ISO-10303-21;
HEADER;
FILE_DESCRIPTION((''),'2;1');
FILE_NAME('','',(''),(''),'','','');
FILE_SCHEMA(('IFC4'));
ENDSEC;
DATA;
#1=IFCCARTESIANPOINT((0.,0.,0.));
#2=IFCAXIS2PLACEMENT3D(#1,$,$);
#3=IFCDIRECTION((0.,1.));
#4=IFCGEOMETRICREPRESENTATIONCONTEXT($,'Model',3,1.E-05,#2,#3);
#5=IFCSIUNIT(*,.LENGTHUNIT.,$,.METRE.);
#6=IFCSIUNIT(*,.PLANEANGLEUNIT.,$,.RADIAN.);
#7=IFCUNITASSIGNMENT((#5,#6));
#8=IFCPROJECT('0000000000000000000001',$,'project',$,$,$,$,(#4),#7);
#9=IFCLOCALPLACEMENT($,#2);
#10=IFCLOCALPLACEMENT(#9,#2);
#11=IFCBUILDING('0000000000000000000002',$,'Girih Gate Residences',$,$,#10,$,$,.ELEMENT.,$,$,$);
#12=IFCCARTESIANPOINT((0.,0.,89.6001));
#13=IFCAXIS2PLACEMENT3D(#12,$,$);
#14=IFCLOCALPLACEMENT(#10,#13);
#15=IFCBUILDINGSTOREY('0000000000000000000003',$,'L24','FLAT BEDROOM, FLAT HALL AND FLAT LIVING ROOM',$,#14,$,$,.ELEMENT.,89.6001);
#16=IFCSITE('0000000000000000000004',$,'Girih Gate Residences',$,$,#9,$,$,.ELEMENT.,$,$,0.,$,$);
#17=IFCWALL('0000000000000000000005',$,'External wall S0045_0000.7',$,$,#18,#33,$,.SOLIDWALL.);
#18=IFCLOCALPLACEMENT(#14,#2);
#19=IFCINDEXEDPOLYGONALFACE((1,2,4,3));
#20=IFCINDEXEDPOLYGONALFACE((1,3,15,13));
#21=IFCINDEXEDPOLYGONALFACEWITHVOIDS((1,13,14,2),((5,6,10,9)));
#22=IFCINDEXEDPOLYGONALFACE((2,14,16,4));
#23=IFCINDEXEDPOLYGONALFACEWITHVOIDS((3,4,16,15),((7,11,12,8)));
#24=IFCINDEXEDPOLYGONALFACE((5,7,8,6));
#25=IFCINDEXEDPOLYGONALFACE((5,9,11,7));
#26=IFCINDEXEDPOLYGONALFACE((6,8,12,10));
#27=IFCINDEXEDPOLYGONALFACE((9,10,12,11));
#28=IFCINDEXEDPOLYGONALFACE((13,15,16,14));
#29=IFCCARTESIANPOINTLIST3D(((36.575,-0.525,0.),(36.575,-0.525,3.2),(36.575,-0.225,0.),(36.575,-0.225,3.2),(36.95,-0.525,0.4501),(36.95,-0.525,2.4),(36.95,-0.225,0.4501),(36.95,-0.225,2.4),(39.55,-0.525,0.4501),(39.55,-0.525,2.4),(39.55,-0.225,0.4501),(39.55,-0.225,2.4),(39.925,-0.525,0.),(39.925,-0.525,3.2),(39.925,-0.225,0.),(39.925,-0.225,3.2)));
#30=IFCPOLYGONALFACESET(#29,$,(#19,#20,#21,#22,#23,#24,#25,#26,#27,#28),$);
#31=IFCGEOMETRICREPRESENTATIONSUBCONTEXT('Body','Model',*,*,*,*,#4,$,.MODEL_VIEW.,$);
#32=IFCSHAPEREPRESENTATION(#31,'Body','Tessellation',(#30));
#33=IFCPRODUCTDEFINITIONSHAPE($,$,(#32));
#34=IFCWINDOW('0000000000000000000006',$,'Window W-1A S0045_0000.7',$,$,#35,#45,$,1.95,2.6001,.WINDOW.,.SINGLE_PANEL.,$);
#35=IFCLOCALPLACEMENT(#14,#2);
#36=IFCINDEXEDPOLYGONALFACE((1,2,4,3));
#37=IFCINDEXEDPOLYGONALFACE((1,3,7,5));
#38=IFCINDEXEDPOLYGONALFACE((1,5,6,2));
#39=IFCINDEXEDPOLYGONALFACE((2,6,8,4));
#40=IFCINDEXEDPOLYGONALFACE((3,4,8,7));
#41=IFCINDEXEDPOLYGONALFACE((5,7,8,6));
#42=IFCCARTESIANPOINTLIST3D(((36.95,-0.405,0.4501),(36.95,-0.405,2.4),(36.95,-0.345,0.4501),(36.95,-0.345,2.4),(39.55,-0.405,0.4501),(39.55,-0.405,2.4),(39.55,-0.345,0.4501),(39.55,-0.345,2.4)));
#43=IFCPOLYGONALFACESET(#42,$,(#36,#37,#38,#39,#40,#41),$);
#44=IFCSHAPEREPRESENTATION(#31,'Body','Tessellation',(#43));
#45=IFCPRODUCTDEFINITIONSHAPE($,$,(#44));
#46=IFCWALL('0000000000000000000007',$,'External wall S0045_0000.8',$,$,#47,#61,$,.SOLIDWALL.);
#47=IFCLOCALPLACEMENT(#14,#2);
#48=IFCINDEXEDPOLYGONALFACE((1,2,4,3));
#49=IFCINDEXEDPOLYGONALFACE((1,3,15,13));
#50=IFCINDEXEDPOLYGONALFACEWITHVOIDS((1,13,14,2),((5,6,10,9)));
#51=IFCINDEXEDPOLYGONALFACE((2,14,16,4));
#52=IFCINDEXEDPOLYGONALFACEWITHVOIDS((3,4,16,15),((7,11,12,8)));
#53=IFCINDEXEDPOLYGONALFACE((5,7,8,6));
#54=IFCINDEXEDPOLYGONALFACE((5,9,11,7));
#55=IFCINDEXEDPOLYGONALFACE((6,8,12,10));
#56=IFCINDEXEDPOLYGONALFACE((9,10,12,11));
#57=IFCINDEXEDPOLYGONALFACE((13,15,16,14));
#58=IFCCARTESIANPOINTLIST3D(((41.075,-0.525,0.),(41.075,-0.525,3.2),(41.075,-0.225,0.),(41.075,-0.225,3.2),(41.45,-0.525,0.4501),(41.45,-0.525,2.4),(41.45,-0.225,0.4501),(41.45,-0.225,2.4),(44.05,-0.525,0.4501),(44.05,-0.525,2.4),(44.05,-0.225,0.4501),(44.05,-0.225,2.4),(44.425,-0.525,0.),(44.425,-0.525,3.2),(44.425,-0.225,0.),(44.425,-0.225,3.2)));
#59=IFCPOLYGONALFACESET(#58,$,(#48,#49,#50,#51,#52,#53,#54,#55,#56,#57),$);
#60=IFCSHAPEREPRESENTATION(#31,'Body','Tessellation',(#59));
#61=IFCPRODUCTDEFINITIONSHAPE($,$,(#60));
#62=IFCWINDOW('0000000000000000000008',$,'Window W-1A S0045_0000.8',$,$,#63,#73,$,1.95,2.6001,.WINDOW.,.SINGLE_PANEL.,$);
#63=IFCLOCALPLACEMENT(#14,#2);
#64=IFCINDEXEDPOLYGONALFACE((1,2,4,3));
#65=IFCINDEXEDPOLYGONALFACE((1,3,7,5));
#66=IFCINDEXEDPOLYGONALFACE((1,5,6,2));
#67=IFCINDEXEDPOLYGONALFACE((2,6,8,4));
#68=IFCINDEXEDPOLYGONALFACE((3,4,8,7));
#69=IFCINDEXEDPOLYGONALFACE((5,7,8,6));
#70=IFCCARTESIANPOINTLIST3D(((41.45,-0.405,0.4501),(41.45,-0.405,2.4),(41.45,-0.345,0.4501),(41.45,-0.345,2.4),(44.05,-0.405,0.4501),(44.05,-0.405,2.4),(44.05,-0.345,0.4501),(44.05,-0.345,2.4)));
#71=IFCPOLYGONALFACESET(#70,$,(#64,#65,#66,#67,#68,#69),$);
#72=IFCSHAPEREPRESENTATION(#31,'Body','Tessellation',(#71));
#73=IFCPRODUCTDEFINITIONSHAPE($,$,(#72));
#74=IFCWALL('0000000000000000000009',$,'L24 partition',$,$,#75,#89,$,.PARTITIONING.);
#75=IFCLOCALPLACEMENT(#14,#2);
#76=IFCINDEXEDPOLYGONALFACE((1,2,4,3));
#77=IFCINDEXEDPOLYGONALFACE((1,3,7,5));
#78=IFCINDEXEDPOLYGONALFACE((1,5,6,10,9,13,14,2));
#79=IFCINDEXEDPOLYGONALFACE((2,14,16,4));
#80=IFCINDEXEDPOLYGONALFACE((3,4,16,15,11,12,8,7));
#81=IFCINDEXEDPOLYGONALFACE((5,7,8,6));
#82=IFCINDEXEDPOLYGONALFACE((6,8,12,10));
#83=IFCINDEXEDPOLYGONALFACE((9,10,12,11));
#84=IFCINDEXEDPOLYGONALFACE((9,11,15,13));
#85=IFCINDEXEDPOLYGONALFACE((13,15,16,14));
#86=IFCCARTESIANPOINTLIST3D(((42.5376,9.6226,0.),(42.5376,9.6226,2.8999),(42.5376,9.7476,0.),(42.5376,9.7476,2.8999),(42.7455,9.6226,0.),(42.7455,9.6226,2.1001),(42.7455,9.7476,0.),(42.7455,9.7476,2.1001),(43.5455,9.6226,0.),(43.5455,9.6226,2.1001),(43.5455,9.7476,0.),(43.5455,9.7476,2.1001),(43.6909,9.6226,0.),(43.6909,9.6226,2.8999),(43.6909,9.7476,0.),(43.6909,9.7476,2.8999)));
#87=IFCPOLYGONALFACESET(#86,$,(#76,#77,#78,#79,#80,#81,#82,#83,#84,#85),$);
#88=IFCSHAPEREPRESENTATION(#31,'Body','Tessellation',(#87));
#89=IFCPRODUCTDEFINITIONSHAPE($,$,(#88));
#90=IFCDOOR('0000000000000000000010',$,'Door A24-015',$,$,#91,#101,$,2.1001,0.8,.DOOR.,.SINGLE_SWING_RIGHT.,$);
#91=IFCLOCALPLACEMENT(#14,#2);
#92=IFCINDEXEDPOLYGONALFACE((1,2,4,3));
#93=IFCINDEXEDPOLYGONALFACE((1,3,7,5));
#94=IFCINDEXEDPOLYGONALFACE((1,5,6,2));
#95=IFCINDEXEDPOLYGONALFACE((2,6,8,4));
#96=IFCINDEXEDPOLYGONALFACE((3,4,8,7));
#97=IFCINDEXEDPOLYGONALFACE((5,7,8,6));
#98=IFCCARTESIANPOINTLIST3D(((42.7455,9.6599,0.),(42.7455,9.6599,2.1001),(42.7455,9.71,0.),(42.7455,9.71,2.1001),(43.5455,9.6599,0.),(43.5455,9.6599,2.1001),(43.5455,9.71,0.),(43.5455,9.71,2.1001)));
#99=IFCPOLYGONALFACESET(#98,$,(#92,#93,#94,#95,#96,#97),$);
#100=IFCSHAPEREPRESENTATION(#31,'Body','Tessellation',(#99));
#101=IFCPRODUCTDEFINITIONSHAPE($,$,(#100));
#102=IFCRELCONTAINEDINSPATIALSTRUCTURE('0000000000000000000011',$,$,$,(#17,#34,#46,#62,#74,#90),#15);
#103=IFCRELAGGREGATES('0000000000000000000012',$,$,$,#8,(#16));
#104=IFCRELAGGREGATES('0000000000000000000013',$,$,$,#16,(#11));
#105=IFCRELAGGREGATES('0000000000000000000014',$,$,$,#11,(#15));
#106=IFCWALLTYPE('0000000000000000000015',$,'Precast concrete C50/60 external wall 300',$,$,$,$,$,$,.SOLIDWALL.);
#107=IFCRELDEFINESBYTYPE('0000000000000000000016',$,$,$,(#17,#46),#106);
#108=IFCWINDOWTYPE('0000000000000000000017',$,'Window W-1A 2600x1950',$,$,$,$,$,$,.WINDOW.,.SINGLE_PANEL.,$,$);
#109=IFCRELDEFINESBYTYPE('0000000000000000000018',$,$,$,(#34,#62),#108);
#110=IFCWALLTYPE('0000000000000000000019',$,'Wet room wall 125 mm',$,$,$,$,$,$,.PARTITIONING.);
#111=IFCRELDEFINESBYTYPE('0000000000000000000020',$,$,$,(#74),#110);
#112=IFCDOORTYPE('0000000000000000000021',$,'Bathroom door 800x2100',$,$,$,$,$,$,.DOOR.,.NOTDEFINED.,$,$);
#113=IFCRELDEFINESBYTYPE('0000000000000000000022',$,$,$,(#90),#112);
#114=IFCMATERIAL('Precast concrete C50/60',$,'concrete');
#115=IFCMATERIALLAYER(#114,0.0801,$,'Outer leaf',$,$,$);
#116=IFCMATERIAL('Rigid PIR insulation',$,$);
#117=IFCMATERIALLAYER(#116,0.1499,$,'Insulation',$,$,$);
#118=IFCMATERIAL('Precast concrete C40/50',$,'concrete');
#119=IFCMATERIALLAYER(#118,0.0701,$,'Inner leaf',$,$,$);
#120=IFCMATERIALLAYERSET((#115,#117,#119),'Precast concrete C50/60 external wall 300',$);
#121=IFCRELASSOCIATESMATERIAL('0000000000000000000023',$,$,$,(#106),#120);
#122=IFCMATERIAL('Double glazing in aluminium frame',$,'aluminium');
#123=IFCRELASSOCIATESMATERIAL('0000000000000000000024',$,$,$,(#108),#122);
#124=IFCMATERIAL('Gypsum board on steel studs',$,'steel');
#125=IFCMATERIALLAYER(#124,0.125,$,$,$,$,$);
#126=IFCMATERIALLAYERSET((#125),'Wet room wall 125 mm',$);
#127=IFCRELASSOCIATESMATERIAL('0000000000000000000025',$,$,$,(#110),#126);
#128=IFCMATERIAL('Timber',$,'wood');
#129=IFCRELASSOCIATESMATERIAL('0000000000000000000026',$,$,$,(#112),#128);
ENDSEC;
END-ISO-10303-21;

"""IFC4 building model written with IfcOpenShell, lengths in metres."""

from ifc_helpers import new_model, si_unit, direction, frame, frame_2d, origin, place, context, subcontext, project, spatial, rectangle, extrude, material, layer, layer_set, type_object, element, fill, save


model = new_model("IFC4")

# Units and contexts
model_context = context("Model", 3, precision=1e-05, world=origin(), true_north=direction((0.0, 1.0)))
body_context = subcontext(model_context, "Body", "Model", "MODEL_VIEW")
ifc_project = project(units=[si_unit("LENGTHUNIT", "METRE"), si_unit("PLANEANGLEUNIT", "RADIAN")], contexts=[model_context])

# Site, building, storey
site_placement = place(None, origin())
site = spatial("IfcSite", under=ifc_project, at=site_placement, Name="Girih Gate Residences", CompositionType="ELEMENT", RefElevation=0.0)
building_placement = place(site_placement, origin())
building = spatial("IfcBuilding", under=site, at=building_placement, Name="Girih Gate Residences", CompositionType="ELEMENT")
storey_placement = place(building_placement, frame((0.0, 0.0, 89.6001)))
storey = spatial("IfcBuildingStorey", under=building, at=storey_placement, Name="L24", Description="FLAT BEDROOM, FLAT HALL AND FLAT LIVING ROOM", CompositionType="ELEMENT", Elevation=89.6001)

# Shared definitions
ifc_material_1 = material(Name="Gypsum board on steel studs", Category="steel")
ifc_material_2 = material(Name="Timber", Category="wood")

# Walls, openings, windows
ifc_material_3 = material(Name="Precast concrete C50/60", Category="concrete")
ifc_layer_1 = layer(ifc_material_3, 0.0801, Name="Outer leaf")
ifc_material_4 = material(Name="Rigid PIR insulation")
ifc_layer_2 = layer(ifc_material_4, 0.1499, Name="Insulation")
ifc_material_5 = material(Name="Precast concrete C40/50", Category="concrete")
ifc_layer_3 = layer(ifc_material_5, 0.0701, Name="Inner leaf")
ifc_layer_set_1 = layer_set([ifc_layer_1, ifc_layer_2, ifc_layer_3], Name="Precast concrete C50/60 external wall 300")
wall_type_1 = type_object("IfcWallType", Name="Precast concrete C50/60 external wall 300", PredefinedType="SOLIDWALL", material=ifc_layer_set_1)
wall_1_placement = place(storey_placement, frame((39.925, -0.375, 0.0), z_axis=(0.0, 0.0, 1.0), x_axis=(-1.0, 0.0, 0.0)))
wall_1 = element("IfcWall", 1, at=wall_1_placement, inside=storey, type_object=wall_type_1, Name="External wall S0045_0000.7", PredefinedType="SOLIDWALL", context=body_context, shape_type="SweptSolid", body=[
    extrude(rectangle(XDim=3.3501, YDim=0.3, at=frame_2d((1.675, 0.0))), origin(), (0.0, 0.0, 1.0), 3.2),
])
opening_1_placement = place(wall_1_placement, frame((0.375, 0.0, 0.45)))
opening_1 = element("IfcOpeningElement", 2, at=opening_1_placement, cuts=wall_1, PredefinedType="OPENING", context=body_context, shape_type="SweptSolid", body=[
    extrude(rectangle(XDim=2.6001, YDim=1.95, at=frame_2d((1.3, 0.9751))), frame((0.0, 0.1599, 0.0), z_axis=(0.0, -1.0, 0.0), x_axis=(1.0, 0.0, 0.0)), (0.0, 0.0, 1.0), 0.3201),
])
ifc_material_6 = material(Name="Double glazing in aluminium frame", Category="aluminium")
window_type = type_object("IfcWindowType", Name="Window W-1A 2600x1950", PartitioningType="SINGLE_PANEL", PredefinedType="WINDOW", material=ifc_material_6)
window_1_placement = place(opening_1_placement, origin())
window_1 = element("IfcWindow", 3, at=window_1_placement, inside=storey, type_object=window_type, Name="Window W-1A S0045_0000.7", OverallHeight=1.95, OverallWidth=2.6001, PartitioningType="SINGLE_PANEL", PredefinedType="WINDOW", context=body_context, shape_type="SweptSolid", body=[
    extrude(rectangle(XDim=2.6001, YDim=1.95, at=frame_2d((1.3, 0.9751))), frame((0.0, 0.03, 0.0), z_axis=(0.0, -1.0, 0.0), x_axis=(1.0, 0.0, 0.0)), (0.0, 0.0, 1.0), 0.0601),
])
fill(opening_1, window_1)
wall_2_placement = place(storey_placement, frame((44.425, -0.375, 0.0), z_axis=(0.0, 0.0, 1.0), x_axis=(-1.0, 0.0, 0.0)))
wall_2 = element("IfcWall", 4, at=wall_2_placement, inside=storey, type_object=wall_type_1, Name="External wall S0045_0000.8", PredefinedType="SOLIDWALL", context=body_context, shape_type="SweptSolid", body=[
    extrude(rectangle(XDim=3.3501, YDim=0.3, at=frame_2d((1.675, 0.0))), origin(), (0.0, 0.0, 1.0), 3.2),
])
opening_2_placement = place(wall_2_placement, frame((0.375, 0.0, 0.45)))
opening_2 = element("IfcOpeningElement", 5, at=opening_2_placement, cuts=wall_2, PredefinedType="OPENING", context=body_context, shape_type="SweptSolid", body=[
    extrude(rectangle(XDim=2.6001, YDim=1.95, at=frame_2d((1.3, 0.9751))), frame((0.0, 0.1599, 0.0), z_axis=(0.0, -1.0, 0.0), x_axis=(1.0, 0.0, 0.0)), (0.0, 0.0, 1.0), 0.3201),
])
window_2_placement = place(opening_2_placement, origin())
window_2 = element("IfcWindow", 6, at=window_2_placement, inside=storey, type_object=window_type, Name="Window W-1A S0045_0000.8", OverallHeight=1.95, OverallWidth=2.6001, PartitioningType="SINGLE_PANEL", PredefinedType="WINDOW", context=body_context, shape_type="SweptSolid", body=[
    extrude(rectangle(XDim=2.6001, YDim=1.95, at=frame_2d((1.3, 0.9751))), frame((0.0, 0.03, 0.0), z_axis=(0.0, -1.0, 0.0), x_axis=(1.0, 0.0, 0.0)), (0.0, 0.0, 1.0), 0.0601),
])
fill(opening_2, window_2)

# Wall, opening, door
ifc_layer_4 = layer(ifc_material_1, 0.125)
ifc_layer_set_2 = layer_set([ifc_layer_4], Name="Wet room wall 125 mm")
wall_type_2 = type_object("IfcWallType", Name="Wet room wall 125 mm", PredefinedType="PARTITIONING", material=ifc_layer_set_2)
wall_3_placement = place(storey_placement, frame((42.5376, 9.6851, 0.0), z_axis=(0.0, 0.0, 1.0), x_axis=(1.0, 0.0, 0.0)))
wall_3 = element("IfcWall", 7, at=wall_3_placement, inside=storey, type_object=wall_type_2, Name="L24 partition", PredefinedType="PARTITIONING", context=body_context, shape_type="SweptSolid", body=[
    extrude(rectangle(XDim=1.1533, YDim=0.125, at=frame_2d((0.5767, 0.0))), origin(), (0.0, 0.0, 1.0), 2.8999),
])
opening_3_placement = place(wall_3_placement, frame((0.208, 0.0, 0.0)))
opening_3 = element("IfcOpeningElement", 8, at=opening_3_placement, cuts=wall_3, PredefinedType="OPENING", context=body_context, shape_type="SweptSolid", body=[
    extrude(rectangle(XDim=0.8, YDim=2.1001, at=frame_2d((0.3999, 1.05))), frame((0.0, 0.0725, 0.0), z_axis=(0.0, -1.0, 0.0), x_axis=(1.0, 0.0, 0.0)), (0.0, 0.0, 1.0), 0.145),
])
door_type_1 = type_object("IfcDoorType", Name="Bathroom door 800x2100", OperationType="NOTDEFINED", PredefinedType="DOOR", material=ifc_material_2)
door_1_placement = place(opening_3_placement, origin())
door_1 = element("IfcDoor", 9, at=door_1_placement, inside=storey, type_object=door_type_1, Name="Door A24-015", OperationType="SINGLE_SWING_RIGHT", OverallHeight=2.1001, OverallWidth=0.8, PredefinedType="DOOR", context=body_context, shape_type="SweptSolid", body=[
    extrude(rectangle(XDim=0.8, YDim=2.1001, at=frame_2d((0.3999, 1.05))), frame((0.0, 0.0249, 0.0), z_axis=(0.0, -1.0, 0.0), x_axis=(1.0, 0.0, 0.0)), (0.0, 0.0, 1.0), 0.05),
])
fill(opening_3, door_1)

save(model, "model.ifc")
